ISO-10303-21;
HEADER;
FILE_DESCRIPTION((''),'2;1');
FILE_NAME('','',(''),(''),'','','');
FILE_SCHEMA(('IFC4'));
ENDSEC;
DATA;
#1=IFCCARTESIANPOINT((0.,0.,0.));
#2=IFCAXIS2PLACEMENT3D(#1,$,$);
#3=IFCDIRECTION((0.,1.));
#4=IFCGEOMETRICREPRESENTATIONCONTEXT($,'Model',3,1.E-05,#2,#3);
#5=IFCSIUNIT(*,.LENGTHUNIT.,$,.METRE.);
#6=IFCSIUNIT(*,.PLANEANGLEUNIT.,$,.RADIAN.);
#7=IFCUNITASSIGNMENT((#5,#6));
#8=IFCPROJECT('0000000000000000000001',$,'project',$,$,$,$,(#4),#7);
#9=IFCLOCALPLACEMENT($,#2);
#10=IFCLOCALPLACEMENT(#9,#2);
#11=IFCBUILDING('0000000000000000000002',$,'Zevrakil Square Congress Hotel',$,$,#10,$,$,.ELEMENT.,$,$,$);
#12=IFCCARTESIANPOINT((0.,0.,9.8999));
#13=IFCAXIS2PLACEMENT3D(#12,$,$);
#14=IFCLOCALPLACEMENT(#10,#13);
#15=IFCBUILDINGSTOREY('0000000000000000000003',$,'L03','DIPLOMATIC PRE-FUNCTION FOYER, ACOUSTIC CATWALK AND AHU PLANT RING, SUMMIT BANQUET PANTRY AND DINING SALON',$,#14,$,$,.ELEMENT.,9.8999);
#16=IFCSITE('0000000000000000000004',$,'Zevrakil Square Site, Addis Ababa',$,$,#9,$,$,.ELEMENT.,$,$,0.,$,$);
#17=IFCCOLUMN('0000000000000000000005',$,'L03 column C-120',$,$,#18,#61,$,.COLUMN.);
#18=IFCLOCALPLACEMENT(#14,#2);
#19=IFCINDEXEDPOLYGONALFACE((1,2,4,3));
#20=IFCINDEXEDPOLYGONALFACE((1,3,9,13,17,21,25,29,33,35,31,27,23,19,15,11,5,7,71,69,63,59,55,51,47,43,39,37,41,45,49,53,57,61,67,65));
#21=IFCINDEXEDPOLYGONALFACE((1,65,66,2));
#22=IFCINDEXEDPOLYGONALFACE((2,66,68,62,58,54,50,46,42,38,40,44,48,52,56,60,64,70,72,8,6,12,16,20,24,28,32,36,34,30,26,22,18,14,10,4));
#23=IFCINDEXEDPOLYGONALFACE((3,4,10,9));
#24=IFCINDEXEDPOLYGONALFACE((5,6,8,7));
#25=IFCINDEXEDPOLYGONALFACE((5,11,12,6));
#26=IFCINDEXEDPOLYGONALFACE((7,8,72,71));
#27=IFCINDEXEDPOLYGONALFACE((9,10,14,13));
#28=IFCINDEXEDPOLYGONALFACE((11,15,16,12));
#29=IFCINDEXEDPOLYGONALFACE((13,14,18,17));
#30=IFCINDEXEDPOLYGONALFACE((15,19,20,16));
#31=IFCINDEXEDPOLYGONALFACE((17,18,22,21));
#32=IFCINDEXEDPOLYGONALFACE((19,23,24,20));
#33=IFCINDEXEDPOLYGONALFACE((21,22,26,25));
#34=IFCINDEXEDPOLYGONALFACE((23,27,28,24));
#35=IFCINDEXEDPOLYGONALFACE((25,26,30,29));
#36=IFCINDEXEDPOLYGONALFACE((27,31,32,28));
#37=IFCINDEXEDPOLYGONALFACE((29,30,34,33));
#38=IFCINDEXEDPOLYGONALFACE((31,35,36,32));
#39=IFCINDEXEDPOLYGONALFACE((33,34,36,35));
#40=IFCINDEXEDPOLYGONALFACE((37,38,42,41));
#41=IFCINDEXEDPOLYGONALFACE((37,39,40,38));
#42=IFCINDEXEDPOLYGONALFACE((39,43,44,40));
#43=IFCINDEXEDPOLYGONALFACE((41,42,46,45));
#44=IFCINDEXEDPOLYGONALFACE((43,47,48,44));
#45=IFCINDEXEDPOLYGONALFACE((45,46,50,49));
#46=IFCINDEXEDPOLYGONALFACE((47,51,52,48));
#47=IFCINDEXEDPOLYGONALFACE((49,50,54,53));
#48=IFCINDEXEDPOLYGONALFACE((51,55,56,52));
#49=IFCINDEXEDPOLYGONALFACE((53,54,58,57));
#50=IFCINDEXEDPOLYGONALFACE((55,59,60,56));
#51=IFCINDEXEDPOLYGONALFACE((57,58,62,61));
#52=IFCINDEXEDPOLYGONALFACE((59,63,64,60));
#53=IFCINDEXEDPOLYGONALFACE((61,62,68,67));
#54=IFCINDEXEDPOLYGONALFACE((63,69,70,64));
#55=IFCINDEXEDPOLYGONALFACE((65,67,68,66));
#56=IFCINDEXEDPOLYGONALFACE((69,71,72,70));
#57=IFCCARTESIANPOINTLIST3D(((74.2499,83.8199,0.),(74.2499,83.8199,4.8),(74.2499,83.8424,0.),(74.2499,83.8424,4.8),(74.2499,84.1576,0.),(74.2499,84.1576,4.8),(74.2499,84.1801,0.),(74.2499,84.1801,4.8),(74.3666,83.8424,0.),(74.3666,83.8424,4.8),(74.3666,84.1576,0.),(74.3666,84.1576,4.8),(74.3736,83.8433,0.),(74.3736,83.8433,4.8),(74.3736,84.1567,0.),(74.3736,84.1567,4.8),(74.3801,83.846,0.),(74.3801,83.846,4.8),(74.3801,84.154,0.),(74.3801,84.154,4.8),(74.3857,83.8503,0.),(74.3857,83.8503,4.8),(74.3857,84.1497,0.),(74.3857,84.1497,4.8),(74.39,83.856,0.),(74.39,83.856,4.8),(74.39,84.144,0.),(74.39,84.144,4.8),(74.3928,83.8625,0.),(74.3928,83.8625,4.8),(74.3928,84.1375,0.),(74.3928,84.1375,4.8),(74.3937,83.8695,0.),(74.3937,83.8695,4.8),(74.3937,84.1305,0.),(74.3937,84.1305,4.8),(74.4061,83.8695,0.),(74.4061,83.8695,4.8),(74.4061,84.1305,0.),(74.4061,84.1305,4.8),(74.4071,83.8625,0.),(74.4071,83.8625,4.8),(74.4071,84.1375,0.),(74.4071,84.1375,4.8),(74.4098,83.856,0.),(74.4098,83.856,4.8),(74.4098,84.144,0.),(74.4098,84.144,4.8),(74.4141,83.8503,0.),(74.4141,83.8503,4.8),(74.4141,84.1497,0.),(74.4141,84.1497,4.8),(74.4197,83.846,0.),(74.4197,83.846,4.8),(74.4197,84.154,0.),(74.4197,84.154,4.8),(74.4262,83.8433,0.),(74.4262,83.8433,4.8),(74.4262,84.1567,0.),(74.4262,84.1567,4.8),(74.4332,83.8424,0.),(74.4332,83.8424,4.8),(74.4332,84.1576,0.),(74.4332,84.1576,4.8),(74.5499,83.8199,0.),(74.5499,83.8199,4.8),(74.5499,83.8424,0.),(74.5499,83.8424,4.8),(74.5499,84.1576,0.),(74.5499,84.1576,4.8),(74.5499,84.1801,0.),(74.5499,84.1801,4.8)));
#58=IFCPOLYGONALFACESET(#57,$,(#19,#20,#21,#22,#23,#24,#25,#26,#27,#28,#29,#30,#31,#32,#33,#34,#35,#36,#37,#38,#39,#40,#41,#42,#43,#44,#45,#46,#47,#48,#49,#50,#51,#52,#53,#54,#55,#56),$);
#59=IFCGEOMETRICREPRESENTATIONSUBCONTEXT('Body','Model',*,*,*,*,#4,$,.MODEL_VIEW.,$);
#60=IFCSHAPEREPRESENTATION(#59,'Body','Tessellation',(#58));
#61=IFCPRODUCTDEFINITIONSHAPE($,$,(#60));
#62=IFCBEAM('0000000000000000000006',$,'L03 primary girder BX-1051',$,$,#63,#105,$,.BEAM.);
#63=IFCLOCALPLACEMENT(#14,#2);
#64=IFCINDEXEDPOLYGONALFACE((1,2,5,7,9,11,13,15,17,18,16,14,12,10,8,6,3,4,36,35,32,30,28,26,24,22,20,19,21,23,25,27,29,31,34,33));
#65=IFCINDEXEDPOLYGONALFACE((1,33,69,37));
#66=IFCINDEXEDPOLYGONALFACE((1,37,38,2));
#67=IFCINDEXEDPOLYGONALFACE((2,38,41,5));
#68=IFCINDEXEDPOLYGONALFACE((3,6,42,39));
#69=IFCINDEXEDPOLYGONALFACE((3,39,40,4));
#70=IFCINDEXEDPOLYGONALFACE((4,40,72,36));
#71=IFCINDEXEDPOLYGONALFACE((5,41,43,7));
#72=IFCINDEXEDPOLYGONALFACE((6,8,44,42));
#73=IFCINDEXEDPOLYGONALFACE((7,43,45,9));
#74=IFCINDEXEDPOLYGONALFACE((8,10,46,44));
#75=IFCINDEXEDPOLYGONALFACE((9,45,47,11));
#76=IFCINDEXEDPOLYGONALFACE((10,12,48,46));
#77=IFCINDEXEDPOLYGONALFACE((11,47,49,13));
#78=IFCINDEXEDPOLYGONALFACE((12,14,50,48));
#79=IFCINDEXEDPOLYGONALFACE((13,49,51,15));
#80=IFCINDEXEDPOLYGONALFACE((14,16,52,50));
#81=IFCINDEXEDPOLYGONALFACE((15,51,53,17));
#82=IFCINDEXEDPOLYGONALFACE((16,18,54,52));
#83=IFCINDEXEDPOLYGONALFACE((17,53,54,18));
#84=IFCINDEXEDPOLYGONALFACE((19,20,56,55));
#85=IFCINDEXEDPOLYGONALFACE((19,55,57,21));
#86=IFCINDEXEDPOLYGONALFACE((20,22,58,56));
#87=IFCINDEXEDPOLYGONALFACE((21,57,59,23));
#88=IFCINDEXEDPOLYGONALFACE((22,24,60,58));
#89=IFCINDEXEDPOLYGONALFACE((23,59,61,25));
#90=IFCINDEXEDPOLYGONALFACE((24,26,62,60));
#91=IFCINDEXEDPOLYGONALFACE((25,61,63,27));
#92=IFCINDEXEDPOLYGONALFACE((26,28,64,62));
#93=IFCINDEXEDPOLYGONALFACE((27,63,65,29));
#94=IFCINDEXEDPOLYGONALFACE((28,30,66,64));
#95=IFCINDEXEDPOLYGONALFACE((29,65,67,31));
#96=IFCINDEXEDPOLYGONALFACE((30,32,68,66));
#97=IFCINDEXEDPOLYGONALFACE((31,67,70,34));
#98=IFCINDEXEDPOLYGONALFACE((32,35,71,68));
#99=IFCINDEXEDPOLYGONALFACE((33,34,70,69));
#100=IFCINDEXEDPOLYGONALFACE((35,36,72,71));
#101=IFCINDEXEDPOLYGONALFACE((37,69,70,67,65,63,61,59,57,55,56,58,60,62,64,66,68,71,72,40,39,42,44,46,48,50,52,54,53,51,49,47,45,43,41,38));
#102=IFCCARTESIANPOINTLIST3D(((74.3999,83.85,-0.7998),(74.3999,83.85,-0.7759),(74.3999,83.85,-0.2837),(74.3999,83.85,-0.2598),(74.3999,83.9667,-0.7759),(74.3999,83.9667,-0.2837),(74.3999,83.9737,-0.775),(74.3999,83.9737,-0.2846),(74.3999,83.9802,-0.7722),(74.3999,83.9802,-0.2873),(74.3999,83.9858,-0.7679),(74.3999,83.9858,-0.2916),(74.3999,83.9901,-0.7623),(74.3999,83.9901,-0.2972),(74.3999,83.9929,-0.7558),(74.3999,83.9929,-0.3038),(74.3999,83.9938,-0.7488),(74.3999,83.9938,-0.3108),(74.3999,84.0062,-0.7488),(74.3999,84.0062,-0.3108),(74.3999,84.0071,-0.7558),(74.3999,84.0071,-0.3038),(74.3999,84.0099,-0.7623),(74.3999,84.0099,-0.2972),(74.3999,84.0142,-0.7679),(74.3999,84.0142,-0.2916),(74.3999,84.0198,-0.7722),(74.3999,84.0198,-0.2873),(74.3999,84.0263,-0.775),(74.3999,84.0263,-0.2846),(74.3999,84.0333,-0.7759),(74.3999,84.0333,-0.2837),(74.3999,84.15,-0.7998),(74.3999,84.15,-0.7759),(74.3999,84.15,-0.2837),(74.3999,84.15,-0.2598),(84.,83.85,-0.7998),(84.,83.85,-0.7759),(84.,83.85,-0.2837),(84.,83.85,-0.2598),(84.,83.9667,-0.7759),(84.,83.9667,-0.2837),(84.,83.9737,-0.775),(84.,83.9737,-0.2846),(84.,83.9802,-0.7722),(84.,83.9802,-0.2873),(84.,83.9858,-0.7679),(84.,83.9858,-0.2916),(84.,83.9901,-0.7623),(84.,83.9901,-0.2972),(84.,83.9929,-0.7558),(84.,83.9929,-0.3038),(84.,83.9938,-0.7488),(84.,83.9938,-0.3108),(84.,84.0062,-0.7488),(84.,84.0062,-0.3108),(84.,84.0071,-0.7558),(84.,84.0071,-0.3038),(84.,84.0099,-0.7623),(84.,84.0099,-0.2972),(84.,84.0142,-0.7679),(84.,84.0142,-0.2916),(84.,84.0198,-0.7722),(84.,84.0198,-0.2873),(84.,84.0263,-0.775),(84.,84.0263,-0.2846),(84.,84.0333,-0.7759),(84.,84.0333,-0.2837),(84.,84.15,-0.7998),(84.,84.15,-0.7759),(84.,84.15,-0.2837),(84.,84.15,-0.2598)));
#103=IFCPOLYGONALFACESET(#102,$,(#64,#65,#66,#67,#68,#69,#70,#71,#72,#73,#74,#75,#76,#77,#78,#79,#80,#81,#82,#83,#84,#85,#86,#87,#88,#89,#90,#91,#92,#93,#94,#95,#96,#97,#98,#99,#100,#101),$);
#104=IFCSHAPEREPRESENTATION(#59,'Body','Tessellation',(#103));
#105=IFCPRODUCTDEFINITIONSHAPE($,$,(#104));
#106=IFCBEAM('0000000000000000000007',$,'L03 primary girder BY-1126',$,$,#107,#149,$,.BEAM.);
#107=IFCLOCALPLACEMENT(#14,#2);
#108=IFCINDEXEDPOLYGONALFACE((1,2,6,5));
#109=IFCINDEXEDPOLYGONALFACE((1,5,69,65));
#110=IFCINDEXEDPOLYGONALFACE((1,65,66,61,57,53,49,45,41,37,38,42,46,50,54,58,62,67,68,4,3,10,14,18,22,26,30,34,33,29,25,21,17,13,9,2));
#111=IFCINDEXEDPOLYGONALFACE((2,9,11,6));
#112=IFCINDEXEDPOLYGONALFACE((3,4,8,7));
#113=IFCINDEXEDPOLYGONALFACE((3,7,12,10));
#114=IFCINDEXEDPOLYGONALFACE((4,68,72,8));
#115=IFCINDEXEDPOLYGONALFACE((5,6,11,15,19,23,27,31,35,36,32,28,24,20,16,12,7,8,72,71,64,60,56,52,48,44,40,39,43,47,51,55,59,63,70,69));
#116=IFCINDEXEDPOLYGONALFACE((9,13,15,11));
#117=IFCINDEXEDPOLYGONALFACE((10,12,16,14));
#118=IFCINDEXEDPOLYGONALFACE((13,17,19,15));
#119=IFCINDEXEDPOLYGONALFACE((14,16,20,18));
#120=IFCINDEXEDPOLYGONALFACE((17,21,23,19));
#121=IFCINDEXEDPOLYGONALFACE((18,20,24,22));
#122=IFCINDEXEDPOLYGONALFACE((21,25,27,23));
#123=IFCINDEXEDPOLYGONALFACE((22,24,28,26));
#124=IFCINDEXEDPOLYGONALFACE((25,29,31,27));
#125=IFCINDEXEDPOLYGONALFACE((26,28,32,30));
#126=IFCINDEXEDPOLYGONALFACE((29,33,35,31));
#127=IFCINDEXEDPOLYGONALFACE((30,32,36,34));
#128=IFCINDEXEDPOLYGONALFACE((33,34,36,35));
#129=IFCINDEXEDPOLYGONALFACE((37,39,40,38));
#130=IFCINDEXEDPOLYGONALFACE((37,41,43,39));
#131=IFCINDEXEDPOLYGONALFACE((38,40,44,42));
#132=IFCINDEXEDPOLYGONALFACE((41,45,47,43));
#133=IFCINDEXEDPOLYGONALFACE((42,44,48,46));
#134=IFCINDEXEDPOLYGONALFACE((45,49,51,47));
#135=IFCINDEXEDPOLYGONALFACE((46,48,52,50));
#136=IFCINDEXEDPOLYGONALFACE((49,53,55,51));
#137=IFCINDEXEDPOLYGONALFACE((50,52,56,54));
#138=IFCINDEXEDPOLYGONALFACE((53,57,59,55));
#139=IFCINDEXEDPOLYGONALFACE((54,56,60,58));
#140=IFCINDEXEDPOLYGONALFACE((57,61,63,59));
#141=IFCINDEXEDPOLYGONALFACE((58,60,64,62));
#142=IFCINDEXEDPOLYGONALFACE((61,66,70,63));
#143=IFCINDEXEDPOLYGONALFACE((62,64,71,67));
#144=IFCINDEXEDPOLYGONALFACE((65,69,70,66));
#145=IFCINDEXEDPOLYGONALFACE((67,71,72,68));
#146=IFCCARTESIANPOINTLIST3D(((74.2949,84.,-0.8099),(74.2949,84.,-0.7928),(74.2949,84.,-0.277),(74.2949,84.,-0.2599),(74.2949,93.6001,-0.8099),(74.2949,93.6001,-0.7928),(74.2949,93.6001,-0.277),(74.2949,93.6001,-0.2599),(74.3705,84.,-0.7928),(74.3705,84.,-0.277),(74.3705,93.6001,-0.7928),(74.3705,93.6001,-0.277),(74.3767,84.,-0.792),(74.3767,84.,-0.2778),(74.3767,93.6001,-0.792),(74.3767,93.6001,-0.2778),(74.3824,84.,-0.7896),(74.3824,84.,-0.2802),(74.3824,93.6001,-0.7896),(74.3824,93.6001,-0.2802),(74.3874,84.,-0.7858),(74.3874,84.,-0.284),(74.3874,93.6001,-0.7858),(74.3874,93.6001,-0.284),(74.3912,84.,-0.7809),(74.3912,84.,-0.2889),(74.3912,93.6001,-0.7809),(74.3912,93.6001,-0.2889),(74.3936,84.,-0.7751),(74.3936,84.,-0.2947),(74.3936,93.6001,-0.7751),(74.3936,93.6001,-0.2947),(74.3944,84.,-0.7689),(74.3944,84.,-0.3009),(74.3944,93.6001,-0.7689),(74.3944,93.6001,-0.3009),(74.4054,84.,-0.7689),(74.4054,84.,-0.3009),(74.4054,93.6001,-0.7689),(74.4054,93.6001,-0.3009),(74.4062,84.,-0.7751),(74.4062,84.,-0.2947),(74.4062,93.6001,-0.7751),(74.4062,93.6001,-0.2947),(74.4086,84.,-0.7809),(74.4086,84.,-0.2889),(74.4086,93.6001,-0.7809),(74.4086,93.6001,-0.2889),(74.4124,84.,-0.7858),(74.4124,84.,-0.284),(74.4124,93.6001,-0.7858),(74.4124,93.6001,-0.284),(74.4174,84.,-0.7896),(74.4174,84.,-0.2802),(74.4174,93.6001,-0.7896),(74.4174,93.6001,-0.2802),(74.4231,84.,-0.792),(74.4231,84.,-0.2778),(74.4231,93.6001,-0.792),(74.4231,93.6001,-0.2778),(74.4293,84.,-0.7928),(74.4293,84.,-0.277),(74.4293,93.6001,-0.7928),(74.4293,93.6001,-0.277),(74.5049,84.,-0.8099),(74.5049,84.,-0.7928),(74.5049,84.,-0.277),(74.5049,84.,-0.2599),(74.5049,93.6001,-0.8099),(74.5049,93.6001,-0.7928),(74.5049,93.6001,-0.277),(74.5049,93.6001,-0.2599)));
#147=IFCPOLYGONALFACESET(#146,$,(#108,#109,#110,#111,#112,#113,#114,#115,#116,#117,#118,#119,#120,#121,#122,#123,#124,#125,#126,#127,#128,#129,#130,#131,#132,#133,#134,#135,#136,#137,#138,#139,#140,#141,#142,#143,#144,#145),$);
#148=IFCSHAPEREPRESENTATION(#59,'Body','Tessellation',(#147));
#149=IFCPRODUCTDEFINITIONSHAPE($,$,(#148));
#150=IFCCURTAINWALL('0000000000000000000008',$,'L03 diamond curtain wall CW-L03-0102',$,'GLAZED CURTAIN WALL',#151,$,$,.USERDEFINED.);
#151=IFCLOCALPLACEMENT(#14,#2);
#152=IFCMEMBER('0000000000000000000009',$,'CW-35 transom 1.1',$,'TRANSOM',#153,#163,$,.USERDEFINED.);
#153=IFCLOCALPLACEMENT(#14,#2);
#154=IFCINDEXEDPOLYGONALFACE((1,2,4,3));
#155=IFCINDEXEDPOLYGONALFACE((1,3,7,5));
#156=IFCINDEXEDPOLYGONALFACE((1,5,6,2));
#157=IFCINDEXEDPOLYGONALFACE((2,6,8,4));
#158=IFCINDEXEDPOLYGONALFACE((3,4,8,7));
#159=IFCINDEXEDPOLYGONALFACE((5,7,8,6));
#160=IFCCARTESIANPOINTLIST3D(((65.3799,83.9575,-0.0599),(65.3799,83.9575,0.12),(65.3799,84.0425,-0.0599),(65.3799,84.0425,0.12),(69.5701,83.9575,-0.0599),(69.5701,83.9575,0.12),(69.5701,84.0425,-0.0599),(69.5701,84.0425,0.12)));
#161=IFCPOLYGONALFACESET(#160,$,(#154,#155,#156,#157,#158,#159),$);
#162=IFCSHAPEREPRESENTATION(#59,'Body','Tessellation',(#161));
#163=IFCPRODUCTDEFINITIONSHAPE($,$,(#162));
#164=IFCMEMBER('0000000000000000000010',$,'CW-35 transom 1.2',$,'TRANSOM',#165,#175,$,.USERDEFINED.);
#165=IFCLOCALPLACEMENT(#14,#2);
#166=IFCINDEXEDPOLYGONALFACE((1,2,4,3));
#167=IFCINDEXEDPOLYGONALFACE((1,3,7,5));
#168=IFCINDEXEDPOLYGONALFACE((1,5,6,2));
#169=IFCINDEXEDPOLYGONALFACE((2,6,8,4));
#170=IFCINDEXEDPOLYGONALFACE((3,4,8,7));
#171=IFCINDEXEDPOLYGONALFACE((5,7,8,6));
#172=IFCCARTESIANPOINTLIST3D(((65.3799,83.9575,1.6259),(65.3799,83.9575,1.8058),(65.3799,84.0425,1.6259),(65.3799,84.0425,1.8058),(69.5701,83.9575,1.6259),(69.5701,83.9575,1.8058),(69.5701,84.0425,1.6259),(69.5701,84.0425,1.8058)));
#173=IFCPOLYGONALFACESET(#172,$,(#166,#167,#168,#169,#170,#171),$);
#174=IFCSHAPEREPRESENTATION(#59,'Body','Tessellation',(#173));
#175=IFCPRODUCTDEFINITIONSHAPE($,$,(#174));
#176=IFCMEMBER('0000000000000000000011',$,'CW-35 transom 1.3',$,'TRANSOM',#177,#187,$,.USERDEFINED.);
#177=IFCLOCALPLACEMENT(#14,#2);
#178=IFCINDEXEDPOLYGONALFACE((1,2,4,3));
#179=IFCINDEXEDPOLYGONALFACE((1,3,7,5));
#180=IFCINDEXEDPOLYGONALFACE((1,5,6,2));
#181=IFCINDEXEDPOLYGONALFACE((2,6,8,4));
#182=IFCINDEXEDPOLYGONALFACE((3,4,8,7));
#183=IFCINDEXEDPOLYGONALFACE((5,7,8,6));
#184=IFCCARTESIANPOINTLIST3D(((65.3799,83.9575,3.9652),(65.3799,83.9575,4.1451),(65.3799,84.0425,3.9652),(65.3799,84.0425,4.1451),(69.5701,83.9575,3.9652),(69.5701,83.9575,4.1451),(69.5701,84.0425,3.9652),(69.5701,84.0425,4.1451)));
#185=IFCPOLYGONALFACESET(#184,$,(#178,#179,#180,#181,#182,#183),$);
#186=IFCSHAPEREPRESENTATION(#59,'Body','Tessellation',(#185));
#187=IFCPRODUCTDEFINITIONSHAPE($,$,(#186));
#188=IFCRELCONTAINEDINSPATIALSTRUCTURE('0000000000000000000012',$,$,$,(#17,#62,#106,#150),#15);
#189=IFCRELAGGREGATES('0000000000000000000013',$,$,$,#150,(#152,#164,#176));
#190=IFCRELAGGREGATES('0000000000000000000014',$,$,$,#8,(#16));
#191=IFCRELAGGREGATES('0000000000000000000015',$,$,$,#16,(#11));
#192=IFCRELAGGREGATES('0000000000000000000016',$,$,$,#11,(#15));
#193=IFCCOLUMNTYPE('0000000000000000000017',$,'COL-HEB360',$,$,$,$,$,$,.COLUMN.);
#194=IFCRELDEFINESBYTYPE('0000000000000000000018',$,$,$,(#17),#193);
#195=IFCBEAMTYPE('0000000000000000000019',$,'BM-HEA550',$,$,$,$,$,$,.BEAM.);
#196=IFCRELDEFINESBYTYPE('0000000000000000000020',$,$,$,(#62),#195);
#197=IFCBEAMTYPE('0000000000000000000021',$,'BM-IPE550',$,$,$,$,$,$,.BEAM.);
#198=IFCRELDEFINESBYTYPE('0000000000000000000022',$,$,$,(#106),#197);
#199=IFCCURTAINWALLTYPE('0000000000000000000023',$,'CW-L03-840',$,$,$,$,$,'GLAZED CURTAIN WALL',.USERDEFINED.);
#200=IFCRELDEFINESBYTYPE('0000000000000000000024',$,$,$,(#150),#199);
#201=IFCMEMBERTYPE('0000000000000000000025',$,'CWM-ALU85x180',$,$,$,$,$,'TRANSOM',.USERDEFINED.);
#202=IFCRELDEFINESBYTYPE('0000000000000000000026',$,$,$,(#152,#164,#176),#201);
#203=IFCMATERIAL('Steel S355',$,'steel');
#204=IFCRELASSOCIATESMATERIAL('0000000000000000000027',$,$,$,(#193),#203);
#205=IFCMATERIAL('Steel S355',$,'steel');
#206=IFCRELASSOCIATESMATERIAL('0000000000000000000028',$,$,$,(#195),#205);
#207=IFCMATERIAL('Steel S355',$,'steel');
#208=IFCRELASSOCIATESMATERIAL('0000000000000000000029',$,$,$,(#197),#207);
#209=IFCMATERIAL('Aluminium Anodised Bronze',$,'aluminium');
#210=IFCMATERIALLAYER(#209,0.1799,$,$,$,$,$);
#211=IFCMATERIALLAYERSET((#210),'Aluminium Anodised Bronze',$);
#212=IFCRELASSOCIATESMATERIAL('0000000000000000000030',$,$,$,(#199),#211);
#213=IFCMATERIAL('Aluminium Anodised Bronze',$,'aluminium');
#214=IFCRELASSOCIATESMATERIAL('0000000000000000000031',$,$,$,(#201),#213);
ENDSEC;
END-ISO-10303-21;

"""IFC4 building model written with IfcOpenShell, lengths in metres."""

from ifc_helpers import new_model, si_unit, direction, frame, origin, origin_2d, place, context, subcontext, project, spatial, rectangle, i_section, extrude, material, layer, layer_set, material_profile, profile_set, type_object, element, aggregate, save


model = new_model("IFC4")

# Units and contexts
model_context = context("Model", 3, precision=1e-05, world=origin(), true_north=direction((0.0, 1.0)))
body_context = subcontext(model_context, "Body", "Model", "MODEL_VIEW")
ifc_project = project(units=[si_unit("LENGTHUNIT", "METRE"), si_unit("PLANEANGLEUNIT", "RADIAN")], contexts=[model_context])

# Site, building, storey
site_placement = place(None, origin())
site = spatial("IfcSite", under=ifc_project, at=site_placement, Name="Zevrakil Square Site, Addis Ababa", CompositionType="ELEMENT", RefElevation=0.0)
building_placement = place(site_placement, origin())
building = spatial("IfcBuilding", under=site, at=building_placement, Name="Zevrakil Square Congress Hotel", CompositionType="ELEMENT")
storey_placement = place(building_placement, frame((0.0, 0.0, 9.8999)))
storey = spatial("IfcBuildingStorey", under=building, at=storey_placement, Name="L03", Description="DIPLOMATIC PRE-FUNCTION FOYER, ACOUSTIC CATWALK AND AHU PLANT RING, SUMMIT BANQUET PANTRY AND DINING SALON", CompositionType="ELEMENT", Elevation=9.8999)

# Column
ifc_material_1 = material(Name="Steel S355", Category="steel")
ifc_material_profile_1 = material_profile(ifc_material_1, i_section(OverallWidth=0.3, OverallDepth=0.3601, WebThickness=0.0125, FlangeThickness=0.0225, FilletRadius=0.0271, at=origin_2d()), Name="HEB 360")
ifc_profile_set_1 = profile_set([ifc_material_profile_1], Name="Steel S355")
column_type = type_object("IfcColumnType", Name="COL-HEB360", PredefinedType="COLUMN", material=ifc_profile_set_1)
column_placement = place(storey_placement, frame((74.3999, 84.0, 0.0), z_axis=(0.0, 0.0, 1.0), x_axis=(1.0, 0.0, 0.0)))
element("IfcColumn", 1, at=column_placement, inside=storey, type_object=column_type, Name="L03 column C-120", PredefinedType="COLUMN", context=body_context, shape_type="SweptSolid", body=[
    extrude(i_section(OverallWidth=0.3, OverallDepth=0.3601, WebThickness=0.0125, FlangeThickness=0.0225, FilletRadius=0.0271, at=origin_2d()), origin(), (0.0, 0.0, 1.0), 4.8),
])

# Beams
ifc_material_2 = material(Name="Steel S355", Category="steel")
ifc_material_profile_2 = material_profile(ifc_material_2, i_section(OverallWidth=0.3, OverallDepth=0.54, WebThickness=0.0125, FlangeThickness=0.0239, FilletRadius=0.0271, at=origin_2d()), Name="HEA 550")
ifc_profile_set_2 = profile_set([ifc_material_profile_2], Name="Steel S355")
beam_type_1 = type_object("IfcBeamType", Name="BM-HEA550", PredefinedType="BEAM", material=ifc_profile_set_2)
beam_1_placement = place(storey_placement, frame((74.3999, 84.0, -0.5298), z_axis=(1.0, 0.0, 0.0), x_axis=(0.0, 1.0, 0.0)))
element("IfcBeam", 2, at=beam_1_placement, inside=storey, type_object=beam_type_1, Name="L03 primary girder BX-1051", PredefinedType="BEAM", context=body_context, shape_type="SweptSolid", body=[
    extrude(i_section(OverallWidth=0.3, OverallDepth=0.54, WebThickness=0.0125, FlangeThickness=0.0239, FilletRadius=0.0271, at=origin_2d()), origin(), (0.0, 0.0, 1.0), 9.6001),
])
ifc_material_3 = material(Name="Steel S355", Category="steel")
ifc_material_profile_3 = material_profile(ifc_material_3, i_section(OverallWidth=0.21, OverallDepth=0.55, WebThickness=0.011, FlangeThickness=0.0171, FilletRadius=0.0239, at=origin_2d()), Name="IPE 550")
ifc_profile_set_3 = profile_set([ifc_material_profile_3], Name="Steel S355")
beam_type_2 = type_object("IfcBeamType", Name="BM-IPE550", PredefinedType="BEAM", material=ifc_profile_set_3)
beam_2_placement = place(storey_placement, frame((74.3999, 84.0, -0.5349), z_axis=(0.0, 1.0, 0.0), x_axis=(-1.0, 0.0, 0.0)))
element("IfcBeam", 3, at=beam_2_placement, inside=storey, type_object=beam_type_2, Name="L03 primary girder BY-1126", PredefinedType="BEAM", context=body_context, shape_type="SweptSolid", body=[
    extrude(i_section(OverallWidth=0.21, OverallDepth=0.55, WebThickness=0.011, FlangeThickness=0.0171, FilletRadius=0.0239, at=origin_2d()), origin(), (0.0, 0.0, 1.0), 9.6001),
])

# Curtain wall, members
ifc_material_4 = material(Name="Aluminium Anodised Bronze", Category="aluminium")
ifc_layer_1 = layer(ifc_material_4, 0.1799)
ifc_layer_set_1 = layer_set([ifc_layer_1], Name="Aluminium Anodised Bronze")
curtain_wall_type = type_object("IfcCurtainWallType", Name="CW-L03-840", ElementType="GLAZED CURTAIN WALL", PredefinedType="USERDEFINED", material=ifc_layer_set_1)
curtain_wall_1_placement = place(storey_placement, origin())
curtain_wall_1 = element("IfcCurtainWall", 4, at=curtain_wall_1_placement, inside=storey, type_object=curtain_wall_type, Name="L03 diamond curtain wall CW-L03-0102", ObjectType="GLAZED CURTAIN WALL", PredefinedType="USERDEFINED")
ifc_material_5 = material(Name="Aluminium Anodised Bronze", Category="aluminium")
ifc_material_profile_4 = material_profile(ifc_material_5, rectangle(XDim=0.085, YDim=0.1799, at=origin_2d()), Name="ALU 85x180")
ifc_profile_set_4 = profile_set([ifc_material_profile_4], Name="Aluminium Anodised Bronze")
member_type_1 = type_object("IfcMemberType", Name="CWM-ALU85x180", ElementType="TRANSOM", PredefinedType="USERDEFINED", material=ifc_profile_set_4)
member_1_placement = place(storey_placement, frame((65.3799, 84.0, 0.03), z_axis=(1.0, 0.0, 0.0), x_axis=(0.0, 1.0, 0.0)))
member_1 = element("IfcMember", 5, at=member_1_placement, type_object=member_type_1, Name="CW-35 transom 1.1", ObjectType="TRANSOM", PredefinedType="USERDEFINED", context=body_context, shape_type="SweptSolid", body=[
    extrude(rectangle(XDim=0.085, YDim=0.1799, at=origin_2d()), origin(), (0.0, 0.0, 1.0), 4.1902),
])
member_2_placement = place(storey_placement, frame((65.3799, 84.0, 1.7158), z_axis=(1.0, 0.0, 0.0), x_axis=(0.0, 1.0, 0.0)))
member_2 = element("IfcMember", 6, at=member_2_placement, type_object=member_type_1, Name="CW-35 transom 1.2", ObjectType="TRANSOM", PredefinedType="USERDEFINED", context=body_context, shape_type="SweptSolid", body=[
    extrude(rectangle(XDim=0.085, YDim=0.1799, at=origin_2d()), origin(), (0.0, 0.0, 1.0), 4.1902),
])
member_3_placement = place(storey_placement, frame((65.3799, 84.0, 4.0552), z_axis=(1.0, 0.0, 0.0), x_axis=(0.0, 1.0, 0.0)))
member_3 = element("IfcMember", 7, at=member_3_placement, type_object=member_type_1, Name="CW-35 transom 1.3", ObjectType="TRANSOM", PredefinedType="USERDEFINED", context=body_context, shape_type="SweptSolid", body=[
    extrude(rectangle(XDim=0.085, YDim=0.1799, at=origin_2d()), origin(), (0.0, 0.0, 1.0), 4.1902),
])

aggregate(curtain_wall_1, [member_1, member_2, member_3])

save(model, "model.ifc")
